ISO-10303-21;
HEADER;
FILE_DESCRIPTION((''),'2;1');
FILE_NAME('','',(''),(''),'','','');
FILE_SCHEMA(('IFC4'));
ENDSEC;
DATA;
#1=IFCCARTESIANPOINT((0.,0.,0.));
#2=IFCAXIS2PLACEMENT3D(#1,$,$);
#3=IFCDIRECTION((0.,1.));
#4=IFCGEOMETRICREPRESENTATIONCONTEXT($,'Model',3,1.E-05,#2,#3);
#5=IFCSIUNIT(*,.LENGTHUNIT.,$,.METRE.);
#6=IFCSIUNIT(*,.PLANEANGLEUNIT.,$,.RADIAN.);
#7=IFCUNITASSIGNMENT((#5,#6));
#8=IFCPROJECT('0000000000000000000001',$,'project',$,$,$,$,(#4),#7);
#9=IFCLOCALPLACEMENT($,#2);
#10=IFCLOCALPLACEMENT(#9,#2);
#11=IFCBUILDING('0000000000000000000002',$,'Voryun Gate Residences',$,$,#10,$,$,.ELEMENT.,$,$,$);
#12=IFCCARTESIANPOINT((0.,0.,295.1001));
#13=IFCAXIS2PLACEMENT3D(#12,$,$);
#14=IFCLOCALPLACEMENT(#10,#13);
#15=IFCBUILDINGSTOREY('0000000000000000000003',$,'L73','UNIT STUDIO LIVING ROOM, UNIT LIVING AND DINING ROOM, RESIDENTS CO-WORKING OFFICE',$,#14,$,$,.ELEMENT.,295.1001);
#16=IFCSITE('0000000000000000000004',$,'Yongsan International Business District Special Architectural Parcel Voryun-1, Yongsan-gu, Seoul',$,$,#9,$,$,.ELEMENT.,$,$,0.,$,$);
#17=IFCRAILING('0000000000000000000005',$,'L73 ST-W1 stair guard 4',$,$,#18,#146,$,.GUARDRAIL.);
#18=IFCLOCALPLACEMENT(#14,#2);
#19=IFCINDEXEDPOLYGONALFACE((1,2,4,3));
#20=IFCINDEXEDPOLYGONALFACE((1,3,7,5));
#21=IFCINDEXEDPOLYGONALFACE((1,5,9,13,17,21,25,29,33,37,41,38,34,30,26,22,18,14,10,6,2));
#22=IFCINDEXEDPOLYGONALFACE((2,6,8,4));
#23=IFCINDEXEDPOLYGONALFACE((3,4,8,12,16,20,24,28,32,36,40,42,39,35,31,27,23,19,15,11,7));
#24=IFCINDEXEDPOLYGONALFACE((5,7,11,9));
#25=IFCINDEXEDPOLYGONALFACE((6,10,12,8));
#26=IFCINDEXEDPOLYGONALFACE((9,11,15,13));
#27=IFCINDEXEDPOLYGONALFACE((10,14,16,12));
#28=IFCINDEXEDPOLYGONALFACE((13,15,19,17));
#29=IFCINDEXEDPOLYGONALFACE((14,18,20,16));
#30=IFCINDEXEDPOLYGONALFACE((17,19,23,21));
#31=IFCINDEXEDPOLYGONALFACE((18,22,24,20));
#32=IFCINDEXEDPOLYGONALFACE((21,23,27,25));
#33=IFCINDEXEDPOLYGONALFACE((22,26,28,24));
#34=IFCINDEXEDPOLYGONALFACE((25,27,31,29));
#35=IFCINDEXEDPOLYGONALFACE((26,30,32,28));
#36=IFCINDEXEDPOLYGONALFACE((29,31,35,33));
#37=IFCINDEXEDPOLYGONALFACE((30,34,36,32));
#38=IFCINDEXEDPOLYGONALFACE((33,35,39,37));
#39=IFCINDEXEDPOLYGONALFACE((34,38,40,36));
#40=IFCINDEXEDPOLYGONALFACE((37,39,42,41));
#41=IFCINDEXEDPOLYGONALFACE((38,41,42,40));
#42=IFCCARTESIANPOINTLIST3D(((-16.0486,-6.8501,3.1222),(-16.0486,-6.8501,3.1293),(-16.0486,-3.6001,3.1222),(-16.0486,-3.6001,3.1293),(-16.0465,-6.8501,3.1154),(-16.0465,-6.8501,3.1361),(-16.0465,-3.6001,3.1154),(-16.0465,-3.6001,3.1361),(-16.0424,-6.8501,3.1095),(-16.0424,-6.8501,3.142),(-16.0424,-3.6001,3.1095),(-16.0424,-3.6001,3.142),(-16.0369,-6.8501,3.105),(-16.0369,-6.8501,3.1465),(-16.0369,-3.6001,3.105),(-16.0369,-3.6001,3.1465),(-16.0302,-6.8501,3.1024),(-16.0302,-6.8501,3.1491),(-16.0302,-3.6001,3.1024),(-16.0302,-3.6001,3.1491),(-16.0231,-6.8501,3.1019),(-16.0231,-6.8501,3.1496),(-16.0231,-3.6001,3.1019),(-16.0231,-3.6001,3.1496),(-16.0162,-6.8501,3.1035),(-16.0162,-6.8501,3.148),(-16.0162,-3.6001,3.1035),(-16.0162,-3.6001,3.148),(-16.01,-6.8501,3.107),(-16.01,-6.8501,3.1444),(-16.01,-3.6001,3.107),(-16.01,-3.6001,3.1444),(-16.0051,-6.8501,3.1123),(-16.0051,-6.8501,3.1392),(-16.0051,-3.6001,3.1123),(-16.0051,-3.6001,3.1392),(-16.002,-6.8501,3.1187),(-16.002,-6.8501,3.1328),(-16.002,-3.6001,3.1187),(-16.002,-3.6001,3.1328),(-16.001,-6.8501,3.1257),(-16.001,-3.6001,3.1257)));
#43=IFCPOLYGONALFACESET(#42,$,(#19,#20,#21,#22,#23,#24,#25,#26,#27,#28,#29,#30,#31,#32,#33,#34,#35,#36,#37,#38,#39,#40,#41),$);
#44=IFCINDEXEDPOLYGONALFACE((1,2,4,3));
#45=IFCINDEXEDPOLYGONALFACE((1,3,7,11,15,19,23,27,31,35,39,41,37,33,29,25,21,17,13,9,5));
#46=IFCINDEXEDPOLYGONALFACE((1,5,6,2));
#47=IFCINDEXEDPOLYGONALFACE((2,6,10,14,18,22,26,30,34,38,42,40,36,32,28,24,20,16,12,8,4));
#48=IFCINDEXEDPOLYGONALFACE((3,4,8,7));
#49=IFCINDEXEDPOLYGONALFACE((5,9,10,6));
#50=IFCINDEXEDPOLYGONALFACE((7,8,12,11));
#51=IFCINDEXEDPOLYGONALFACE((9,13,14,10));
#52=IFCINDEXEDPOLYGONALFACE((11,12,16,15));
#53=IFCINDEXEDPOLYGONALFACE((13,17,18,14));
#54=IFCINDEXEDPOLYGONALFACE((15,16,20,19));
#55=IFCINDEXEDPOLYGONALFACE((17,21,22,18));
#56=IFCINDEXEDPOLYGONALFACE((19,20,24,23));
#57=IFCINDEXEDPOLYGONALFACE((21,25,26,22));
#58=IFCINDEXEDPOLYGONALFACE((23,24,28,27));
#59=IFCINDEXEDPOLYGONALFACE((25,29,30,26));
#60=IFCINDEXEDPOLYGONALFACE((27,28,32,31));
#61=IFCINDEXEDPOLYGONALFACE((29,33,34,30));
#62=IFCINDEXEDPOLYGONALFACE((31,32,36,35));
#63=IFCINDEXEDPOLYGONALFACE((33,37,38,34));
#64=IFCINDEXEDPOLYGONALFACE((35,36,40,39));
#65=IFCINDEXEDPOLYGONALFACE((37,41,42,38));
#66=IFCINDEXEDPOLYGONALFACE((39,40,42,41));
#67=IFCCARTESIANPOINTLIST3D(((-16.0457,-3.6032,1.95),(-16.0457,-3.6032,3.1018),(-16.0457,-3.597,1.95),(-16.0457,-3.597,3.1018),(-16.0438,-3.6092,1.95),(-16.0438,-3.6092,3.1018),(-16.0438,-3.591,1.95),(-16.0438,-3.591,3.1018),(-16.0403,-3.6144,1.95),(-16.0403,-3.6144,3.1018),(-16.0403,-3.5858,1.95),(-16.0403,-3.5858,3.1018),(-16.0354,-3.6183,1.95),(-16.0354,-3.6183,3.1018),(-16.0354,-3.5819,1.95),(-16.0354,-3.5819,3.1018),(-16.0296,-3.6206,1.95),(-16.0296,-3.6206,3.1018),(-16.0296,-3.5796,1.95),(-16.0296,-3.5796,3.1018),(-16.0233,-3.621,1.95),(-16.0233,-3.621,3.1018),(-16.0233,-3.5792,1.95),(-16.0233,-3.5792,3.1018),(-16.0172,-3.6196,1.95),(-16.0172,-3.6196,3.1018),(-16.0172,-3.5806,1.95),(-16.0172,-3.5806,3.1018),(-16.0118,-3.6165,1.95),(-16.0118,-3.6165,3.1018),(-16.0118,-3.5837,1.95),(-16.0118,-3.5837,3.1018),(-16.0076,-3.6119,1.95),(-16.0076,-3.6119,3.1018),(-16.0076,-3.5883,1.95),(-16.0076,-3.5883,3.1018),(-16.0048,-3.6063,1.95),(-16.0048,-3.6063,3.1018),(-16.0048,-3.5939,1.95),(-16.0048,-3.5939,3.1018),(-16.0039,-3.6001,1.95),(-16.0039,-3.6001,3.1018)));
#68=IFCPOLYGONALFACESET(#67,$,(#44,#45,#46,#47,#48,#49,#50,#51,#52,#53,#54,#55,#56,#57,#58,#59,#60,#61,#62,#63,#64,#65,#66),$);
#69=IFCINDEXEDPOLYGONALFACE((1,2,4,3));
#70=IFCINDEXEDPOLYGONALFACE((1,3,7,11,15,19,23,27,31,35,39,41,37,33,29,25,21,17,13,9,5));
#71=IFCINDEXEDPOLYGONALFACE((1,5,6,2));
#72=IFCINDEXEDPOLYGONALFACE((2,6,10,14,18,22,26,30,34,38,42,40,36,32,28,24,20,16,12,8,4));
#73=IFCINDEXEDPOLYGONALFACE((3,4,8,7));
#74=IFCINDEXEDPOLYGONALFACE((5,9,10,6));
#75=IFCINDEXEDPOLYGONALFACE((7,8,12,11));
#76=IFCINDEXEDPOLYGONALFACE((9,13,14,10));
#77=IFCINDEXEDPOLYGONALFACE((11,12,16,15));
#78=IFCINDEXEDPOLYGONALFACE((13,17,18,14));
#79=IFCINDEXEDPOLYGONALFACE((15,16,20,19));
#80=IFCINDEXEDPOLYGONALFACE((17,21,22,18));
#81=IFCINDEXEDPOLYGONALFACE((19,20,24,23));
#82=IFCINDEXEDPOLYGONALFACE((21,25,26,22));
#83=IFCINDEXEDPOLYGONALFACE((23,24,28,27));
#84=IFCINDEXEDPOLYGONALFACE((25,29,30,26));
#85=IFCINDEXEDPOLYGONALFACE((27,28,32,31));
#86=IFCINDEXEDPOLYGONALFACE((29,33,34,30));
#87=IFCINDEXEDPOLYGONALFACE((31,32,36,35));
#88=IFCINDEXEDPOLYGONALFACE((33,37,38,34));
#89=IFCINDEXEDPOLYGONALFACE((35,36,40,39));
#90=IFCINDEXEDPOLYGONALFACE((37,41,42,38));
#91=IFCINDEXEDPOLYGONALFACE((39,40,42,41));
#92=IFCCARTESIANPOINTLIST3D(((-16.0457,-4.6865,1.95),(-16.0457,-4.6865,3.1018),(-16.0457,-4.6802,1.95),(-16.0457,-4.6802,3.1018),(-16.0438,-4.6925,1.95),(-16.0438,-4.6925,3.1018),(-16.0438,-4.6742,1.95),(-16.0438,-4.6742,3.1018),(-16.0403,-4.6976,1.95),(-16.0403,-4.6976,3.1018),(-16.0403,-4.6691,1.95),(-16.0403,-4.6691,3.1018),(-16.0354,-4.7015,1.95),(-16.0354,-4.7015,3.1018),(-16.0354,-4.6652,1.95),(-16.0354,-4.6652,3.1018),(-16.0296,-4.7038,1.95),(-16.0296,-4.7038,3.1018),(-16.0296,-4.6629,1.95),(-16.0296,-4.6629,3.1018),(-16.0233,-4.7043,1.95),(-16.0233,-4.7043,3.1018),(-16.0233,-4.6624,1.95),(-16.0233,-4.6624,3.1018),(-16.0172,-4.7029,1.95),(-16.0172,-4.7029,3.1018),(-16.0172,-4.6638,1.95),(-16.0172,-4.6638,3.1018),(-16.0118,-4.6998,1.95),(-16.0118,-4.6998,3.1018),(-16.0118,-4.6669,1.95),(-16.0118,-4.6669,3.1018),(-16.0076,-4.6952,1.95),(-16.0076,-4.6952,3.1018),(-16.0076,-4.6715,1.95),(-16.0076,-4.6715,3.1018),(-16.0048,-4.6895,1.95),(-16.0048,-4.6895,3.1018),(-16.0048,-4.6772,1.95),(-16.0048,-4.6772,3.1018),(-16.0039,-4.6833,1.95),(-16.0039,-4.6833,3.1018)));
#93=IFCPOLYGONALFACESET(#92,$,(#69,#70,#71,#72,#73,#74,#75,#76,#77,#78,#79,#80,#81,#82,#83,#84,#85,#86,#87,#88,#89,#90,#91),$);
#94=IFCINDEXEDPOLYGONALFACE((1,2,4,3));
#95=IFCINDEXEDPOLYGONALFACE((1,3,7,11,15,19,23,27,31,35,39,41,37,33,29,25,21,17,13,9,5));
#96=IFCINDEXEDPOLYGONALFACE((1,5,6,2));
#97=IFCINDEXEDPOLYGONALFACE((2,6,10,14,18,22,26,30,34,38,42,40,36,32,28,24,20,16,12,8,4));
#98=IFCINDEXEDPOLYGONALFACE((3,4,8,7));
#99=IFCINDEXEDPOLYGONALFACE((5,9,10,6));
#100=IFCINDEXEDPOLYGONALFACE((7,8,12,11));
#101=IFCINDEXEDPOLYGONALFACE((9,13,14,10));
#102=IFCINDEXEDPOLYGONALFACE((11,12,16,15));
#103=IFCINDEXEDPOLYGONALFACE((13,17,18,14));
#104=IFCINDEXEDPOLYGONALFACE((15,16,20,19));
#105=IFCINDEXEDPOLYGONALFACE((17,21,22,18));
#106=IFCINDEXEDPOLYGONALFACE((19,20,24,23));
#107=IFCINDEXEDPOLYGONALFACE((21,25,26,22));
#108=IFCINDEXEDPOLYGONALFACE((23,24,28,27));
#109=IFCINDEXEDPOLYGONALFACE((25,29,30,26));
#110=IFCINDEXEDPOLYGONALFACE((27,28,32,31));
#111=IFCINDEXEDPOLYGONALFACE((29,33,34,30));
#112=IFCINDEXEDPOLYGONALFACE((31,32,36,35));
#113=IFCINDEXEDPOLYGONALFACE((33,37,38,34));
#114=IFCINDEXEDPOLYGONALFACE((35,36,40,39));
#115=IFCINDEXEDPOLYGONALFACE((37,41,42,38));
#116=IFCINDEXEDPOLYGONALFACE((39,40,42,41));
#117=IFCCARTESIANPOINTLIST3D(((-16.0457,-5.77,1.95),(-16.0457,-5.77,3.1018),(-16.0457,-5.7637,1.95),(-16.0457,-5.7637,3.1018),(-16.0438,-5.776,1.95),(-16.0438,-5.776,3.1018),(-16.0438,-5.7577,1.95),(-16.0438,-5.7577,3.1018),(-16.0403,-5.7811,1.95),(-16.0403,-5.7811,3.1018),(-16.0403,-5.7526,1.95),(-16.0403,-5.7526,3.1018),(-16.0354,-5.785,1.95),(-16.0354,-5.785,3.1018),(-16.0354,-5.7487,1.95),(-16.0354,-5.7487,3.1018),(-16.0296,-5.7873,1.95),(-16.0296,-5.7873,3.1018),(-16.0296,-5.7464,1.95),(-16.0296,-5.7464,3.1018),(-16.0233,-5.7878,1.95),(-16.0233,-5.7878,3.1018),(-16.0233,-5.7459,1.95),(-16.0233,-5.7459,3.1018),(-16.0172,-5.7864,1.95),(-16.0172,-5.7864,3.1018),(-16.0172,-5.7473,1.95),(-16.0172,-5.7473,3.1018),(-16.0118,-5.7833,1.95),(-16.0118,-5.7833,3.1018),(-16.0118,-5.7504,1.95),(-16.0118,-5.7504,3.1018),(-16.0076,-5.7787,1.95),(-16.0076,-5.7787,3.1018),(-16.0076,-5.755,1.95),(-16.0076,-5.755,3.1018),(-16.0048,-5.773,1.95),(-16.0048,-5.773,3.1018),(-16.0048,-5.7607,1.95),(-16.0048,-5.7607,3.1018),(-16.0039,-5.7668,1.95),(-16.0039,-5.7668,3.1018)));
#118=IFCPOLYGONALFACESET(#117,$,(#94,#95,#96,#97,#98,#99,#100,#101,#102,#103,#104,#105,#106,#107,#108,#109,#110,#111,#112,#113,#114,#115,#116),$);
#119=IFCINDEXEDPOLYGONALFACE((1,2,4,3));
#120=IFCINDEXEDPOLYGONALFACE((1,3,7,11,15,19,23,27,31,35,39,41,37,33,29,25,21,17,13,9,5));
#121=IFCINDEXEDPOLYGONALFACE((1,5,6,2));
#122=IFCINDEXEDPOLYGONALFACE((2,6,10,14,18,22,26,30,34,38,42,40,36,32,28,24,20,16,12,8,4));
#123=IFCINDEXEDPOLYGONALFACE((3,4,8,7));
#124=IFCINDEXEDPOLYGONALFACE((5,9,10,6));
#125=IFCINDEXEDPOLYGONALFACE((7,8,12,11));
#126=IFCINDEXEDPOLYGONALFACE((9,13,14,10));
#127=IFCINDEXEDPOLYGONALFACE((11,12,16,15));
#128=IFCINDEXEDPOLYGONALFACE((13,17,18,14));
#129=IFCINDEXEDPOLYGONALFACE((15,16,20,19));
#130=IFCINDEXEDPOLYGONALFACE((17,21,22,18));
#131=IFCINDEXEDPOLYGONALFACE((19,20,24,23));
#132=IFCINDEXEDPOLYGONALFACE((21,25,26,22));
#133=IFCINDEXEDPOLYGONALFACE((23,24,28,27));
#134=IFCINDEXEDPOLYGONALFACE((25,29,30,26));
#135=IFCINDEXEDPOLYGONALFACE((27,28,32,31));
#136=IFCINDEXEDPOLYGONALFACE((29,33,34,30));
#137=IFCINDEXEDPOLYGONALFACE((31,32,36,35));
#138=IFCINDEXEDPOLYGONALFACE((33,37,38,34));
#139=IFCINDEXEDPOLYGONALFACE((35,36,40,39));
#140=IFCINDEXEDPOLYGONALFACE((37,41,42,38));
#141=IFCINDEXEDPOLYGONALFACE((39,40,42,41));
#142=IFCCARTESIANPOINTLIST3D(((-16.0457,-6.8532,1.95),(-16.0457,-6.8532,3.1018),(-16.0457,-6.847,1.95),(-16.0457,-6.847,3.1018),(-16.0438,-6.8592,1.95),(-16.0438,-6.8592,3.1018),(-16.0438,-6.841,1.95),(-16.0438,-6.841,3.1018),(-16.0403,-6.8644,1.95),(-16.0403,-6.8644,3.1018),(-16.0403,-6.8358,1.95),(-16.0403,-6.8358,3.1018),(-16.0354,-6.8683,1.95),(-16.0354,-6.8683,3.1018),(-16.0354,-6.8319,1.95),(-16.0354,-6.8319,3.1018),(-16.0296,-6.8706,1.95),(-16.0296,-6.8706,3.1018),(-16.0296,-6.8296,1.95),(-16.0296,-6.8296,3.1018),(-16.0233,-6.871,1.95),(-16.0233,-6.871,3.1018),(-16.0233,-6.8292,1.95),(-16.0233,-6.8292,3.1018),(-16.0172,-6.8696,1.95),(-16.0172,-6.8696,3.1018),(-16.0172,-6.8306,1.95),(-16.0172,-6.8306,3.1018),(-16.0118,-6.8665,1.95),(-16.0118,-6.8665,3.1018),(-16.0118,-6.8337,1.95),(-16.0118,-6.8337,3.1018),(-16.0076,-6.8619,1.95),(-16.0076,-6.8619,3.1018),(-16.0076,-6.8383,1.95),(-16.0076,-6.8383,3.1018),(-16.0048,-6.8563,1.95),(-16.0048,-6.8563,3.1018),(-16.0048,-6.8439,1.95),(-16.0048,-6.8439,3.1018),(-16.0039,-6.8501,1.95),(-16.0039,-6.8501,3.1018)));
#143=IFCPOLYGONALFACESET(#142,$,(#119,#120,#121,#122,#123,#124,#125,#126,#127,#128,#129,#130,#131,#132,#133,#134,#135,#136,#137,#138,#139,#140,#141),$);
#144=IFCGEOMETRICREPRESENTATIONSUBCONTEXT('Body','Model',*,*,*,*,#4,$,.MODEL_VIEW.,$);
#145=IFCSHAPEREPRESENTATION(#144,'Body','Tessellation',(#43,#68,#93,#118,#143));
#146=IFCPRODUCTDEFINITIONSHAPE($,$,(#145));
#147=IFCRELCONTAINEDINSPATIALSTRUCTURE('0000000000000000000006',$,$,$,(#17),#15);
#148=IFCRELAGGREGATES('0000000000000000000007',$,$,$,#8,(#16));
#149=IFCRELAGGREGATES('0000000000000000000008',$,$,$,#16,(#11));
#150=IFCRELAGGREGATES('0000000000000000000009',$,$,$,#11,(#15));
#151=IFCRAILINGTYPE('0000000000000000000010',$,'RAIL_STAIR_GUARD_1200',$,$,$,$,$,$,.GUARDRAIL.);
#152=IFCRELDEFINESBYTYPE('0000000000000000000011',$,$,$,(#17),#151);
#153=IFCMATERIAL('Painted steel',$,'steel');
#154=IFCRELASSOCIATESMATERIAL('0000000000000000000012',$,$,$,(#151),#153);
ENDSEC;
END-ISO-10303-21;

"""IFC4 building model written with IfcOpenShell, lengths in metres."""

from ifc_helpers import new_model, si_unit, direction, frame, origin, origin_2d, place, context, subcontext, project, spatial, circle, extrude, material, type_object, element, save


model = new_model("IFC4")

# Units and contexts
model_context = context("Model", 3, precision=1e-05, world=origin(), true_north=direction((0.0, 1.0)))
body_context = subcontext(model_context, "Body", "Model", "MODEL_VIEW")
ifc_project = project(units=[si_unit("LENGTHUNIT", "METRE"), si_unit("PLANEANGLEUNIT", "RADIAN")], contexts=[model_context])

# Site, building, storey
site_placement = place(None, origin())
site = spatial("IfcSite", under=ifc_project, at=site_placement, Name="Yongsan International Business District Special Architectural Parcel Voryun-1, Yongsan-gu, Seoul", CompositionType="ELEMENT", RefElevation=0.0)
building_placement = place(site_placement, origin())
building = spatial("IfcBuilding", under=site, at=building_placement, Name="Voryun Gate Residences", CompositionType="ELEMENT")
storey_placement = place(building_placement, frame((0.0, 0.0, 295.1001)))
storey = spatial("IfcBuildingStorey", under=building, at=storey_placement, Name="L73", Description="UNIT STUDIO LIVING ROOM, UNIT LIVING AND DINING ROOM, RESIDENTS CO-WORKING OFFICE", CompositionType="ELEMENT", Elevation=295.1001)

# Railing
ifc_material_1 = material(Name="Painted steel", Category="steel")
railing_type_1 = type_object("IfcRailingType", Name="RAIL_STAIR_GUARD_1200", PredefinedType="GUARDRAIL", material=ifc_material_1)
railing_1_placement = place(storey_placement, frame((-16.0249, -3.6001, 1.95)))
element("IfcRailing", 1, at=railing_1_placement, inside=storey, type_object=railing_type_1, Name="L73 ST-W1 stair guard 4", PredefinedType="GUARDRAIL", context=body_context, shape_type="SweptSolid", body=[
    extrude(circle(Radius=0.0239, at=origin_2d()), frame((0.0, 0.0, 1.1758), z_axis=(0.0, -1.0, 0.0), x_axis=(1.0, 0.0, 0.0)), (0.0, 0.0, 1.0), 3.25),
    extrude(circle(Radius=0.021, at=origin_2d()), origin(), (0.0, 0.0, 1.0), 1.1519),
    extrude(circle(Radius=0.021, at=origin_2d()), frame((0.0, -1.0833, 0.0)), (0.0, 0.0, 1.0), 1.1519),
    extrude(circle(Radius=0.021, at=origin_2d()), frame((0.0, -2.1667, 0.0)), (0.0, 0.0, 1.0), 1.1519),
    extrude(circle(Radius=0.021, at=origin_2d()), frame((0.0, -3.25, 0.0)), (0.0, 0.0, 1.0), 1.1519),
])

save(model, "model.ifc")
